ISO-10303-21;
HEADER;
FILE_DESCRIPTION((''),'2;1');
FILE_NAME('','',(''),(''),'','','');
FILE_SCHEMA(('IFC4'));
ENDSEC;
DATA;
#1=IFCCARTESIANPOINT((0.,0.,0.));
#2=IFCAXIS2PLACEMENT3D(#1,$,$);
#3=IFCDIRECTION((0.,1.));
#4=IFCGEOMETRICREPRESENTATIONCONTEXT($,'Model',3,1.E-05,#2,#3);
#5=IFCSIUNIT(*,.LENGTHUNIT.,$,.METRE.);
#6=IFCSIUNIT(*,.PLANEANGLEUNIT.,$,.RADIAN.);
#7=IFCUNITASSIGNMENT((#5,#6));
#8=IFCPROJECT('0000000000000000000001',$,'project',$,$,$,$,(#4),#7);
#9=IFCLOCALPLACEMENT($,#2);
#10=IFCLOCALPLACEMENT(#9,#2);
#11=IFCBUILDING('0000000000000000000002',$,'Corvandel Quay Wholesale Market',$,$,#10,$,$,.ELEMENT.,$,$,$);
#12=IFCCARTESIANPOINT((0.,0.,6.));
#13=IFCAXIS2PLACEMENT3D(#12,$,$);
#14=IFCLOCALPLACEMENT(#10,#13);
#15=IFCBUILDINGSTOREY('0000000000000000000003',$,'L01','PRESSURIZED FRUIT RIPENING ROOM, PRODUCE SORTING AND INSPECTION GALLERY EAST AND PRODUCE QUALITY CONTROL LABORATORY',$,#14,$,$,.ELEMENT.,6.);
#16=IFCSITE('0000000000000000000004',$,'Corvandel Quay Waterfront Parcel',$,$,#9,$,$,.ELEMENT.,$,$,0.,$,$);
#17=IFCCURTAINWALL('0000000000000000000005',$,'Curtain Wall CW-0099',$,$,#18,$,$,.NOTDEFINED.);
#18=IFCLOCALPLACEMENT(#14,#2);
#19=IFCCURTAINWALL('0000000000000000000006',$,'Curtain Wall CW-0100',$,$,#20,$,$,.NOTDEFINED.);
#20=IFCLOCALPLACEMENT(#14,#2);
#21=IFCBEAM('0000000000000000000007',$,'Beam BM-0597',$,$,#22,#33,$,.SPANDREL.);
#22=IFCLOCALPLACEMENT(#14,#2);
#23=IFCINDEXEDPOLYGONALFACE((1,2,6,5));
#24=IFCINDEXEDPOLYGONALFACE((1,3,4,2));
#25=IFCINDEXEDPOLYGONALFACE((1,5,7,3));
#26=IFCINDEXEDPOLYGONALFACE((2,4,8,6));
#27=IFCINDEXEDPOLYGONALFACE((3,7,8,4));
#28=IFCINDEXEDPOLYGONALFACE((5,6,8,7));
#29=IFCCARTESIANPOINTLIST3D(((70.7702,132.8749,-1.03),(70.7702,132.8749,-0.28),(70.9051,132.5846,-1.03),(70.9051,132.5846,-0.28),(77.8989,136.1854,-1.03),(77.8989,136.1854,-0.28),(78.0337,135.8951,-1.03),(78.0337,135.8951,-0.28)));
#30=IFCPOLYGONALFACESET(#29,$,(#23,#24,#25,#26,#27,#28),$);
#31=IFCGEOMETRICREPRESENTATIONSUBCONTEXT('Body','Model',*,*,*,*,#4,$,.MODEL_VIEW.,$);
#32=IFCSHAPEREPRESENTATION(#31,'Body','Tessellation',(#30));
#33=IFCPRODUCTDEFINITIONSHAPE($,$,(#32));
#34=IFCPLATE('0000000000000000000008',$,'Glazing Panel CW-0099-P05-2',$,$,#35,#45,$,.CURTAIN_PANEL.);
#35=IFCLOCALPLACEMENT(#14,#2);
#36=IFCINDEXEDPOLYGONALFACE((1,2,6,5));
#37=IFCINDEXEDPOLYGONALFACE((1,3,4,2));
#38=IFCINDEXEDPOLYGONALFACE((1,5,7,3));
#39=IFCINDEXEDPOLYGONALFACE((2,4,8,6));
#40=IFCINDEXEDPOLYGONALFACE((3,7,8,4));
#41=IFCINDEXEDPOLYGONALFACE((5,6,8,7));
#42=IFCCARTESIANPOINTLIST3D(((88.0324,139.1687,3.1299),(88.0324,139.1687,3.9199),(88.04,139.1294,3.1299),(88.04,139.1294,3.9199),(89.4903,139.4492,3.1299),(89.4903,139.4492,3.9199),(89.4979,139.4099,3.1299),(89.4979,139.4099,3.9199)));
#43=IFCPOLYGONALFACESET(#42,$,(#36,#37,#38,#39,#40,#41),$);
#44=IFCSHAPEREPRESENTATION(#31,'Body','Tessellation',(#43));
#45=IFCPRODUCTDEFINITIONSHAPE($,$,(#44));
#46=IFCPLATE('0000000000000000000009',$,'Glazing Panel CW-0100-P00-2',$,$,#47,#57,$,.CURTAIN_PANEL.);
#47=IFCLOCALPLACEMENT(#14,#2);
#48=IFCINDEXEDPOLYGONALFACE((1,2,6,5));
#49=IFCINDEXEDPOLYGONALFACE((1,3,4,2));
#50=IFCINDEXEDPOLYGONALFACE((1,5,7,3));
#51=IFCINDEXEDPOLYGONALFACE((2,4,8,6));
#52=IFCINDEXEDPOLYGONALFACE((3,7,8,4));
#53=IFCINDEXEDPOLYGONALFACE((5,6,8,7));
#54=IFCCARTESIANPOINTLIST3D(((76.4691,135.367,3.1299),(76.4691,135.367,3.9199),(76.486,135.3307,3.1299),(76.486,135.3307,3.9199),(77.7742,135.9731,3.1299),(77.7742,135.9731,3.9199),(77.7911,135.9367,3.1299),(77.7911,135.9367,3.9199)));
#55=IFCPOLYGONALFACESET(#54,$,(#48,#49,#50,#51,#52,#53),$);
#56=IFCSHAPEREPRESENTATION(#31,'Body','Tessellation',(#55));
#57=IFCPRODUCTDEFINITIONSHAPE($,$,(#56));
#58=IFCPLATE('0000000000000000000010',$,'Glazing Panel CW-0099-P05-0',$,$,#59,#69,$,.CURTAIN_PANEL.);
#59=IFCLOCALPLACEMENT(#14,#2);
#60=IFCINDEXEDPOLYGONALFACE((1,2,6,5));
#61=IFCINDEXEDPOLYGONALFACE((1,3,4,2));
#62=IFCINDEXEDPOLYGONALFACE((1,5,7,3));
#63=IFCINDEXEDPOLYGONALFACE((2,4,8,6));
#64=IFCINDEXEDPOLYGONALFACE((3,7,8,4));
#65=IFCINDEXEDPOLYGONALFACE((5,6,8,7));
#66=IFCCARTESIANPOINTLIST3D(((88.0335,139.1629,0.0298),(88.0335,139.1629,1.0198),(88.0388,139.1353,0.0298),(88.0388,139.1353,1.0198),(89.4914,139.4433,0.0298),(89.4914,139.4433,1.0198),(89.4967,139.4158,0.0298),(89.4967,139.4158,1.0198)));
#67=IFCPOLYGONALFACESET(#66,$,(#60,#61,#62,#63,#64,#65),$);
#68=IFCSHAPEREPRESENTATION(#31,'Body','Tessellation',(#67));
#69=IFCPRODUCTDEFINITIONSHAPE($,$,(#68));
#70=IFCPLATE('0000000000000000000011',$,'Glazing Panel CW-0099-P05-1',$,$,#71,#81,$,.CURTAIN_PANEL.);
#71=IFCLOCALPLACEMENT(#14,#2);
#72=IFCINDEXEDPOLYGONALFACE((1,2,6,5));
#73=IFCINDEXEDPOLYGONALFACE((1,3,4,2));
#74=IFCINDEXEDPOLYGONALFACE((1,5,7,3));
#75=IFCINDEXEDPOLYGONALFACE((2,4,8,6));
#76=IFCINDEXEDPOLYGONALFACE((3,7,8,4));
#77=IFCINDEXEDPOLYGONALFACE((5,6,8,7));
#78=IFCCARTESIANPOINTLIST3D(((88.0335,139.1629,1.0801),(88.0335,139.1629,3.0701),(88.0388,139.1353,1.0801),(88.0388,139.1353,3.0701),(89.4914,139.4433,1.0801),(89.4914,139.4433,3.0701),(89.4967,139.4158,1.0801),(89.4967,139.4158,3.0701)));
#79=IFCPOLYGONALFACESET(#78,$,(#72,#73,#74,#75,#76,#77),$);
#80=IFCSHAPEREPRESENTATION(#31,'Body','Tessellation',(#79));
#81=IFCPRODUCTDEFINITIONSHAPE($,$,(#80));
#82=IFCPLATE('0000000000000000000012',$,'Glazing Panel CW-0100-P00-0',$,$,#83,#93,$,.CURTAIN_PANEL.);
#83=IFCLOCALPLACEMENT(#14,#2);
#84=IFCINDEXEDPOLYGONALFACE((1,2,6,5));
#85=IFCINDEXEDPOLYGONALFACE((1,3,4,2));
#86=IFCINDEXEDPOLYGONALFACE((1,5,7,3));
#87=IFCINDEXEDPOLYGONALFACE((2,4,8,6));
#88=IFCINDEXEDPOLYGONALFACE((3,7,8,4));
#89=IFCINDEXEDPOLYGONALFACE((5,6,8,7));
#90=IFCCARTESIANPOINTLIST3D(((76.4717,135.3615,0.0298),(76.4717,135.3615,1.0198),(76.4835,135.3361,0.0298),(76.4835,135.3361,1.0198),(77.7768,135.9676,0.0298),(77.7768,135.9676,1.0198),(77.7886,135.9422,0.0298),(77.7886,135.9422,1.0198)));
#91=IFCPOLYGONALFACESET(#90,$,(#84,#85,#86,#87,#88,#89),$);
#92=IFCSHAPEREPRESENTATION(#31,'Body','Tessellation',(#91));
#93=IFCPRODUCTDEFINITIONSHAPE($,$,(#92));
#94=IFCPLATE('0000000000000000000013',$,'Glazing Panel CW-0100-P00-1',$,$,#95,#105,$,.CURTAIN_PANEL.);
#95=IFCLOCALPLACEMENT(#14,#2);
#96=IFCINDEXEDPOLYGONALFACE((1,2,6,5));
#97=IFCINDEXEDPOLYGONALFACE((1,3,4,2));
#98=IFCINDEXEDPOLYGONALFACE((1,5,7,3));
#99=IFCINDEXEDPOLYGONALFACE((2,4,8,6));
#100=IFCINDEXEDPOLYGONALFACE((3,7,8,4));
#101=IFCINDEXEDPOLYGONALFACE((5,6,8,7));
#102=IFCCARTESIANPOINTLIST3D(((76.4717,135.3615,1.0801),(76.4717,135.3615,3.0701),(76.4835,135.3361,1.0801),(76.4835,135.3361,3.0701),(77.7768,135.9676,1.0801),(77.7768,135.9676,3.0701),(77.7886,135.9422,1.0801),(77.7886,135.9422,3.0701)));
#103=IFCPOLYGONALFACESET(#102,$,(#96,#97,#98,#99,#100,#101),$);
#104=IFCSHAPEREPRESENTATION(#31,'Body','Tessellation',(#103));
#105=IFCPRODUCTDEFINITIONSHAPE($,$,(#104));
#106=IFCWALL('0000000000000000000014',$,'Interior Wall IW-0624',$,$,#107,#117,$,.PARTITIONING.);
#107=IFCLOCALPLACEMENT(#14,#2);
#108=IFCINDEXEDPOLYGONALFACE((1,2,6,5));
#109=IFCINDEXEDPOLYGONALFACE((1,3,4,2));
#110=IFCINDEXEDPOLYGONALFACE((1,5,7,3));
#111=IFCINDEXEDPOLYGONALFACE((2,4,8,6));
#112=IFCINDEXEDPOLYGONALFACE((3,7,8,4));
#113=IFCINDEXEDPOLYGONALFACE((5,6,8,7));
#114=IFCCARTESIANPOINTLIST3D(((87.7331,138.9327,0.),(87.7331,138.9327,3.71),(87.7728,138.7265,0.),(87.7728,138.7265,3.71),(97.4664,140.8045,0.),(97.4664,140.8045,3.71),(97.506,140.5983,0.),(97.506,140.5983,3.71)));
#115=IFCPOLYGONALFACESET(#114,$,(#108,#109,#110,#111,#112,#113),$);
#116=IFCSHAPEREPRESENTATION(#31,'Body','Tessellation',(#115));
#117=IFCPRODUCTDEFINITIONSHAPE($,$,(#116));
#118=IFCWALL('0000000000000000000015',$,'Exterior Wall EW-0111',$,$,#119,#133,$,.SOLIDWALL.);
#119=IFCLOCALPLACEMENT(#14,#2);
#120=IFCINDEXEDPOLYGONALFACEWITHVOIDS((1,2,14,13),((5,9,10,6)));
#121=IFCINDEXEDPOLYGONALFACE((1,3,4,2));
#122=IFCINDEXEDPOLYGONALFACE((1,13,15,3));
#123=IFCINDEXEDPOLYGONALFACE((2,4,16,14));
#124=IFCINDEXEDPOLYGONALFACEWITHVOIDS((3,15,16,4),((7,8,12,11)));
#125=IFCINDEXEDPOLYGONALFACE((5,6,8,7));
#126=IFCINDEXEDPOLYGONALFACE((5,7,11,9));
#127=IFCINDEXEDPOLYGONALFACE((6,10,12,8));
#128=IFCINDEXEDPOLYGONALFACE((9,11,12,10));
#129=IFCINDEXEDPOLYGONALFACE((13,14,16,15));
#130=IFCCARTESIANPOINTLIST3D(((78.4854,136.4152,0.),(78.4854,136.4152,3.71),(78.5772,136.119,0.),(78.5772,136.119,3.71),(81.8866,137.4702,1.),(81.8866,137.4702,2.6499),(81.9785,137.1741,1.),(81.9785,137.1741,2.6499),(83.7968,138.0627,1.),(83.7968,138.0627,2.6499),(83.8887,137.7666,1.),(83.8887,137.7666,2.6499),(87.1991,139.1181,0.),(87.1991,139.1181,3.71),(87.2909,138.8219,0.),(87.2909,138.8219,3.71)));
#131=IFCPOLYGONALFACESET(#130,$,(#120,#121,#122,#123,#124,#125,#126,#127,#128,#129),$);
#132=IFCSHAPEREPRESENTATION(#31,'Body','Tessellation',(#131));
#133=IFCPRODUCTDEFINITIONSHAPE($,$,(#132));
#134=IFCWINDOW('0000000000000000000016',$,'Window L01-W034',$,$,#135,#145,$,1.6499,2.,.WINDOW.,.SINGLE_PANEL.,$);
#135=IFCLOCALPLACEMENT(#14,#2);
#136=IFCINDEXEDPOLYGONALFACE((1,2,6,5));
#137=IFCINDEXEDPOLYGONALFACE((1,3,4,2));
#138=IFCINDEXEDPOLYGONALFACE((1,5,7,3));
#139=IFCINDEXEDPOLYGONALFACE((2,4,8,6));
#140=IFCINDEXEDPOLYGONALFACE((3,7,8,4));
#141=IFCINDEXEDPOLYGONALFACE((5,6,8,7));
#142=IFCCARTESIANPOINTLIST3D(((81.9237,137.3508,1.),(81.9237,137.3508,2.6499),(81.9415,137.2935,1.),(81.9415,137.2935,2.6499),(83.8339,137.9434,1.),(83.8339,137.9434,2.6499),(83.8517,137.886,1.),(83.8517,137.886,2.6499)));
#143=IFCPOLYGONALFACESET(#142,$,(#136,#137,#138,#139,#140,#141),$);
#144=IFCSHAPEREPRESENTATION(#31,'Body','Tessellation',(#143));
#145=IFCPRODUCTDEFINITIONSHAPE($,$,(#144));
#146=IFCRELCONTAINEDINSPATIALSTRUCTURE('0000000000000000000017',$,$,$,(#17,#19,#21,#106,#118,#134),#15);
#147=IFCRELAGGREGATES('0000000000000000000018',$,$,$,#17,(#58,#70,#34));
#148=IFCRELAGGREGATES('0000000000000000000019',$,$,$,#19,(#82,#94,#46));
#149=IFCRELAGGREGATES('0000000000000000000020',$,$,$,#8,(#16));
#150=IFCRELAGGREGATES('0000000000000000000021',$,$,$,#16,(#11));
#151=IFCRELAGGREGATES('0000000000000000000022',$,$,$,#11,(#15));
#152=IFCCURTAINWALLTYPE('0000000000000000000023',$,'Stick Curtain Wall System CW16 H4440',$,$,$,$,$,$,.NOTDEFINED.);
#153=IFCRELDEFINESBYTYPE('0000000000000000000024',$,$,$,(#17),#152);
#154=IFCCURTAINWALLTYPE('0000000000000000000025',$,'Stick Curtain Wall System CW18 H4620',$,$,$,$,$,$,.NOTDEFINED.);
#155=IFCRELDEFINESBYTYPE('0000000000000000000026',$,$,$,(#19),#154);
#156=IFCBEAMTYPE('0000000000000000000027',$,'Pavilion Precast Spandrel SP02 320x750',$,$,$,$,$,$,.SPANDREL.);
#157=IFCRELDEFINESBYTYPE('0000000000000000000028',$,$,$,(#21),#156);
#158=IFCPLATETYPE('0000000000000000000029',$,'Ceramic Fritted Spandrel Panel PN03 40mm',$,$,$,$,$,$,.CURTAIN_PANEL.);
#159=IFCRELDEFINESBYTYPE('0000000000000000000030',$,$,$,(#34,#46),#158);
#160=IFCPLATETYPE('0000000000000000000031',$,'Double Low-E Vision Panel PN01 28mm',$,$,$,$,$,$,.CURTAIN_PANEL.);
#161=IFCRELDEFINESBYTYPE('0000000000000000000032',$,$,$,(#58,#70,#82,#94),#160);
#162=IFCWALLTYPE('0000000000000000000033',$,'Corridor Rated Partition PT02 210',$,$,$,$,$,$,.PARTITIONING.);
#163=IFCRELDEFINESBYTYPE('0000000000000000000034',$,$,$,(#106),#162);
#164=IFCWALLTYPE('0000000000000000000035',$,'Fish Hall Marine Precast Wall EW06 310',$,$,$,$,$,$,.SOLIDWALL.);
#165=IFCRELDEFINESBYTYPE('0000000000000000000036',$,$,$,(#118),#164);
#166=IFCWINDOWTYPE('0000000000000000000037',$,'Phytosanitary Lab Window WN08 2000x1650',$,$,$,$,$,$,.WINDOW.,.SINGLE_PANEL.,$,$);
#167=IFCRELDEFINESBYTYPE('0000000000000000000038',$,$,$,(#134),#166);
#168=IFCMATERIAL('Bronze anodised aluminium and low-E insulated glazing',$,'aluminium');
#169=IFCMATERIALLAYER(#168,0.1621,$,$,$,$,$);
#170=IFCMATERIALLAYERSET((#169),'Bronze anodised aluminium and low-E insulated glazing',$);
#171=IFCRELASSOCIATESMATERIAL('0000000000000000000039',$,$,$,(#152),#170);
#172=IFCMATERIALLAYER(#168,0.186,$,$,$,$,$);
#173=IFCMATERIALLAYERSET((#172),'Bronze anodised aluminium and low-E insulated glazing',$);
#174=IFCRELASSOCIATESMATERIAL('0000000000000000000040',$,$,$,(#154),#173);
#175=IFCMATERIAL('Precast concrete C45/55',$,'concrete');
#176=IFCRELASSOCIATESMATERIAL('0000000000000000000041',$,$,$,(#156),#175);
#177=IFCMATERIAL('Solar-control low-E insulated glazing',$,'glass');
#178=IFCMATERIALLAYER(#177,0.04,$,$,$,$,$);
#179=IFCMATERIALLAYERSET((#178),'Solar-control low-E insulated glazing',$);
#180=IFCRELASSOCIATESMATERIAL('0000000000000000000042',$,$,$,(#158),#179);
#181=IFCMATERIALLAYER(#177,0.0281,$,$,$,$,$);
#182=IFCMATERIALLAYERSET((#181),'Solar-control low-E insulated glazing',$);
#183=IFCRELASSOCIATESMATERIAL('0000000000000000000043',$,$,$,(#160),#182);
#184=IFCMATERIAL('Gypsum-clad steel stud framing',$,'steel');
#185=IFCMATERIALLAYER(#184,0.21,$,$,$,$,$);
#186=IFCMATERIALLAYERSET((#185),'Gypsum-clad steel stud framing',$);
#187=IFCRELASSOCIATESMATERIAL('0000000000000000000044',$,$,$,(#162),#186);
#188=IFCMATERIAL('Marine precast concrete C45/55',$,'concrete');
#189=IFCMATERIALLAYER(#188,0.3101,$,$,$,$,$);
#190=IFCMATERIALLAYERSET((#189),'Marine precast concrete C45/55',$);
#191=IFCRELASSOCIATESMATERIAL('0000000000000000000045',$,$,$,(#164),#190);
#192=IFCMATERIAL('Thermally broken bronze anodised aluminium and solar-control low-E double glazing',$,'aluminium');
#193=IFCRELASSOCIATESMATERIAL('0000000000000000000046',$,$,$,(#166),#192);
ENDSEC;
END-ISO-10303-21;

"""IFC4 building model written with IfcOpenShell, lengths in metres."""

from ifc_helpers import new_model, si_unit, direction, frame, frame_2d, origin, origin_2d, place, context, subcontext, project, spatial, rectangle, extrude, material, layer, layer_set, material_profile, profile_set, type_object, element, fill, aggregate, save


model = new_model("IFC4")

# Units and contexts
model_context = context("Model", 3, precision=1e-05, world=origin(), true_north=direction((0.0, 1.0)))
body_context = subcontext(model_context, "Body", "Model", "MODEL_VIEW")
ifc_project = project(units=[si_unit("LENGTHUNIT", "METRE"), si_unit("PLANEANGLEUNIT", "RADIAN")], contexts=[model_context])

# Site, building, storey
site_placement = place(None, origin())
site = spatial("IfcSite", under=ifc_project, at=site_placement, Name="Corvandel Quay Waterfront Parcel", CompositionType="ELEMENT", RefElevation=0.0)
building_placement = place(site_placement, origin())
building = spatial("IfcBuilding", under=site, at=building_placement, Name="Corvandel Quay Wholesale Market", CompositionType="ELEMENT")
storey_placement = place(building_placement, frame((0.0, 0.0, 6.0)))
storey = spatial("IfcBuildingStorey", under=building, at=storey_placement, Name="L01", Description="PRESSURIZED FRUIT RIPENING ROOM, PRODUCE SORTING AND INSPECTION GALLERY EAST AND PRODUCE QUALITY CONTROL LABORATORY", CompositionType="ELEMENT", Elevation=6.0)

# Shared definitions
ifc_material_1 = material(Name="Precast concrete C45/55", Category="concrete")

# Curtain wall
ifc_material_2 = material(Name="Bronze anodised aluminium and low-E insulated glazing", Category="aluminium")
ifc_layer_1 = layer(ifc_material_2, 0.1621)
ifc_layer_set_1 = layer_set([ifc_layer_1], Name="Bronze anodised aluminium and low-E insulated glazing")
curtain_wall_type_1 = type_object("IfcCurtainWallType", Name="Stick Curtain Wall System CW16 H4440", PredefinedType="NOTDEFINED", material=ifc_layer_set_1)
curtain_wall_1_placement = place(storey_placement, origin())
curtain_wall_1 = element("IfcCurtainWall", 1, at=curtain_wall_1_placement, inside=storey, type_object=curtain_wall_type_1, Name="Curtain Wall CW-0099", PredefinedType="NOTDEFINED")

# Curtain wall
ifc_layer_2 = layer(ifc_material_2, 0.186)
ifc_layer_set_2 = layer_set([ifc_layer_2], Name="Bronze anodised aluminium and low-E insulated glazing")
curtain_wall_type_2 = type_object("IfcCurtainWallType", Name="Stick Curtain Wall System CW18 H4620", PredefinedType="NOTDEFINED", material=ifc_layer_set_2)
curtain_wall_2_placement = place(storey_placement, origin())
curtain_wall_2 = element("IfcCurtainWall", 2, at=curtain_wall_2_placement, inside=storey, type_object=curtain_wall_type_2, Name="Curtain Wall CW-0100", PredefinedType="NOTDEFINED")

# Beam
ifc_material_profile_1 = material_profile(ifc_material_1, rectangle(XDim=0.3201, YDim=0.75, at=origin_2d()), Name="PC-SPN-320x750")
ifc_profile_set_1 = profile_set([ifc_material_profile_1], Name="Precast concrete C45/55")
beam_type_1 = type_object("IfcBeamType", Name="Pavilion Precast Spandrel SP02 320x750", PredefinedType="SPANDREL", material=ifc_profile_set_1)
beam_1_placement = place(storey_placement, frame((77.9663, 136.0403, -0.655), z_axis=(-0.90697, -0.421196, 0.0), x_axis=(0.421196, -0.90697, 0.0)))
element("IfcBeam", 3, at=beam_1_placement, inside=storey, type_object=beam_type_1, Name="Beam BM-0597", PredefinedType="SPANDREL", context=body_context, shape_type="SweptSolid", body=[
    extrude(rectangle(XDim=0.3201, YDim=0.75, at=origin_2d()), origin(), (0.0, 0.0, 1.0), 7.8599),
])

# Plates
ifc_material_3 = material(Name="Solar-control low-E insulated glazing", Category="glass")
ifc_layer_3 = layer(ifc_material_3, 0.04)
ifc_layer_set_3 = layer_set([ifc_layer_3], Name="Solar-control low-E insulated glazing")
plate_type_1 = type_object("IfcPlateType", Name="Ceramic Fritted Spandrel Panel PN03 40mm", PredefinedType="CURTAIN_PANEL", material=ifc_layer_set_3)
plate_1_placement = place(storey_placement, frame((88.7651, 139.2893, 3.1299), z_axis=(0.0, 0.0, 1.0), x_axis=(0.981992, 0.188924, 0.0)))
plate_1 = element("IfcPlate", 4, at=plate_1_placement, type_object=plate_type_1, Name="Glazing Panel CW-0099-P05-2", PredefinedType="CURTAIN_PANEL", context=body_context, shape_type="SweptSolid", body=[
    extrude(rectangle(XDim=1.4846, YDim=0.04, at=origin_2d()), origin(), (0.0, 0.0, 1.0), 0.79),
])
plate_2_placement = place(storey_placement, frame((77.1301, 135.6519, 3.1299), z_axis=(0.0, 0.0, 1.0), x_axis=(0.906971, 0.421194, 0.0)))
plate_2 = element("IfcPlate", 5, at=plate_2_placement, type_object=plate_type_1, Name="Glazing Panel CW-0100-P00-2", PredefinedType="CURTAIN_PANEL", context=body_context, shape_type="SweptSolid", body=[
    extrude(rectangle(XDim=1.439, YDim=0.04, at=origin_2d()), origin(), (0.0, 0.0, 1.0), 0.79),
])
ifc_layer_4 = layer(ifc_material_3, 0.0281)
ifc_layer_set_4 = layer_set([ifc_layer_4], Name="Solar-control low-E insulated glazing")
plate_type_2 = type_object("IfcPlateType", Name="Double Low-E Vision Panel PN01 28mm", PredefinedType="CURTAIN_PANEL", material=ifc_layer_set_4)
plate_3_placement = place(storey_placement, frame((88.7651, 139.2893, 0.0298), z_axis=(0.0, 0.0, 1.0), x_axis=(0.981992, 0.188924, 0.0)))
plate_3 = element("IfcPlate", 6, at=plate_3_placement, type_object=plate_type_2, Name="Glazing Panel CW-0099-P05-0", PredefinedType="CURTAIN_PANEL", context=body_context, shape_type="SweptSolid", body=[
    extrude(rectangle(XDim=1.4846, YDim=0.0281, at=origin_2d()), origin(), (0.0, 0.0, 1.0), 0.99),
])
plate_4_placement = place(storey_placement, frame((88.7651, 139.2893, 1.0801), z_axis=(0.0, 0.0, 1.0), x_axis=(0.981992, 0.188924, 0.0)))
plate_4 = element("IfcPlate", 7, at=plate_4_placement, type_object=plate_type_2, Name="Glazing Panel CW-0099-P05-1", PredefinedType="CURTAIN_PANEL", context=body_context, shape_type="SweptSolid", body=[
    extrude(rectangle(XDim=1.4846, YDim=0.0281, at=origin_2d()), origin(), (0.0, 0.0, 1.0), 1.99),
])
aggregate(curtain_wall_1, [plate_3, plate_4, plate_1])
plate_5_placement = place(storey_placement, frame((77.1301, 135.6519, 0.0298), z_axis=(0.0, 0.0, 1.0), x_axis=(0.906971, 0.421194, 0.0)))
plate_5 = element("IfcPlate", 8, at=plate_5_placement, type_object=plate_type_2, Name="Glazing Panel CW-0100-P00-0", PredefinedType="CURTAIN_PANEL", context=body_context, shape_type="SweptSolid", body=[
    extrude(rectangle(XDim=1.439, YDim=0.0281, at=origin_2d()), origin(), (0.0, 0.0, 1.0), 0.99),
])
plate_6_placement = place(storey_placement, frame((77.1301, 135.6519, 1.0801), z_axis=(0.0, 0.0, 1.0), x_axis=(0.906971, 0.421194, 0.0)))
plate_6 = element("IfcPlate", 9, at=plate_6_placement, type_object=plate_type_2, Name="Glazing Panel CW-0100-P00-1", PredefinedType="CURTAIN_PANEL", context=body_context, shape_type="SweptSolid", body=[
    extrude(rectangle(XDim=1.439, YDim=0.0281, at=origin_2d()), origin(), (0.0, 0.0, 1.0), 1.99),
])
aggregate(curtain_wall_2, [plate_5, plate_6, plate_2])

# Wall
ifc_material_4 = material(Name="Gypsum-clad steel stud framing", Category="steel")
ifc_layer_5 = layer(ifc_material_4, 0.21)
ifc_layer_set_5 = layer_set([ifc_layer_5], Name="Gypsum-clad steel stud framing")
wall_type_1 = type_object("IfcWallType", Name="Corridor Rated Partition PT02 210", PredefinedType="PARTITIONING", material=ifc_layer_set_5)
wall_1_placement = place(storey_placement, frame((87.7529, 138.8296, 0.0), z_axis=(0.0, 0.0, 1.0), x_axis=(0.982005, 0.188854, 0.0)))
element("IfcWall", 10, at=wall_1_placement, inside=storey, type_object=wall_type_1, Name="Interior Wall IW-0624", PredefinedType="PARTITIONING", context=body_context, shape_type="SweptSolid", body=[
    extrude(rectangle(XDim=9.9116, YDim=0.21, at=frame_2d((4.9558, 0.0))), origin(), (0.0, 0.0, 1.0), 3.71),
])

# Wall, opening, window
ifc_material_5 = material(Name="Marine precast concrete C45/55", Category="concrete")
ifc_layer_6 = layer(ifc_material_5, 0.3101)
ifc_layer_set_6 = layer_set([ifc_layer_6], Name="Marine precast concrete C45/55")
wall_type_2 = type_object("IfcWallType", Name="Fish Hall Marine Precast Wall EW06 310", PredefinedType="SOLIDWALL", material=ifc_layer_set_6)
wall_2_placement = place(storey_placement, frame((87.2449, 138.97, 0.0), z_axis=(0.0, 0.0, 1.0), x_axis=(-0.955106, -0.296265, 0.0)))
wall_2 = element("IfcWall", 11, at=wall_2_placement, inside=storey, type_object=wall_type_2, Name="Exterior Wall EW-0111", PredefinedType="SOLIDWALL", context=body_context, shape_type="SweptSolid", body=[
    extrude(rectangle(XDim=9.1233, YDim=0.3101, at=frame_2d((4.5615, 0.0))), origin(), (0.0, 0.0, 1.0), 3.71),
])
opening_placement = place(wall_2_placement, frame((3.562, 0.0, 1.0)))
opening = element("IfcOpeningElement", 12, at=opening_placement, cuts=wall_2, PredefinedType="OPENING", context=body_context, shape_type="SweptSolid", body=[
    extrude(rectangle(XDim=2.0, YDim=1.6499, at=frame_2d((1.0, 0.825))), frame((0.0, 0.165, 0.0), z_axis=(0.0, -1.0, 0.0), x_axis=(1.0, 0.0, 0.0)), (0.0, 0.0, 1.0), 0.3301),
])
ifc_material_6 = material(Name="Thermally broken bronze anodised aluminium and solar-control low-E double glazing", Category="aluminium")
window_type = type_object("IfcWindowType", Name="Phytosanitary Lab Window WN08 2000x1650", PartitioningType="SINGLE_PANEL", PredefinedType="WINDOW", material=ifc_material_6)
window_placement = place(opening_placement, origin())
window = element("IfcWindow", 13, at=window_placement, inside=storey, type_object=window_type, Name="Window L01-W034", OverallHeight=1.6499, OverallWidth=2.0, PartitioningType="SINGLE_PANEL", PredefinedType="WINDOW", context=body_context, shape_type="SweptSolid", body=[
    extrude(rectangle(XDim=2.0, YDim=1.6499, at=frame_2d((1.0, 0.825))), frame((0.0, 0.03, 0.0), z_axis=(0.0, -1.0, 0.0), x_axis=(1.0, 0.0, 0.0)), (0.0, 0.0, 1.0), 0.0601),
])
fill(opening, window)

save(model, "model.ifc")
